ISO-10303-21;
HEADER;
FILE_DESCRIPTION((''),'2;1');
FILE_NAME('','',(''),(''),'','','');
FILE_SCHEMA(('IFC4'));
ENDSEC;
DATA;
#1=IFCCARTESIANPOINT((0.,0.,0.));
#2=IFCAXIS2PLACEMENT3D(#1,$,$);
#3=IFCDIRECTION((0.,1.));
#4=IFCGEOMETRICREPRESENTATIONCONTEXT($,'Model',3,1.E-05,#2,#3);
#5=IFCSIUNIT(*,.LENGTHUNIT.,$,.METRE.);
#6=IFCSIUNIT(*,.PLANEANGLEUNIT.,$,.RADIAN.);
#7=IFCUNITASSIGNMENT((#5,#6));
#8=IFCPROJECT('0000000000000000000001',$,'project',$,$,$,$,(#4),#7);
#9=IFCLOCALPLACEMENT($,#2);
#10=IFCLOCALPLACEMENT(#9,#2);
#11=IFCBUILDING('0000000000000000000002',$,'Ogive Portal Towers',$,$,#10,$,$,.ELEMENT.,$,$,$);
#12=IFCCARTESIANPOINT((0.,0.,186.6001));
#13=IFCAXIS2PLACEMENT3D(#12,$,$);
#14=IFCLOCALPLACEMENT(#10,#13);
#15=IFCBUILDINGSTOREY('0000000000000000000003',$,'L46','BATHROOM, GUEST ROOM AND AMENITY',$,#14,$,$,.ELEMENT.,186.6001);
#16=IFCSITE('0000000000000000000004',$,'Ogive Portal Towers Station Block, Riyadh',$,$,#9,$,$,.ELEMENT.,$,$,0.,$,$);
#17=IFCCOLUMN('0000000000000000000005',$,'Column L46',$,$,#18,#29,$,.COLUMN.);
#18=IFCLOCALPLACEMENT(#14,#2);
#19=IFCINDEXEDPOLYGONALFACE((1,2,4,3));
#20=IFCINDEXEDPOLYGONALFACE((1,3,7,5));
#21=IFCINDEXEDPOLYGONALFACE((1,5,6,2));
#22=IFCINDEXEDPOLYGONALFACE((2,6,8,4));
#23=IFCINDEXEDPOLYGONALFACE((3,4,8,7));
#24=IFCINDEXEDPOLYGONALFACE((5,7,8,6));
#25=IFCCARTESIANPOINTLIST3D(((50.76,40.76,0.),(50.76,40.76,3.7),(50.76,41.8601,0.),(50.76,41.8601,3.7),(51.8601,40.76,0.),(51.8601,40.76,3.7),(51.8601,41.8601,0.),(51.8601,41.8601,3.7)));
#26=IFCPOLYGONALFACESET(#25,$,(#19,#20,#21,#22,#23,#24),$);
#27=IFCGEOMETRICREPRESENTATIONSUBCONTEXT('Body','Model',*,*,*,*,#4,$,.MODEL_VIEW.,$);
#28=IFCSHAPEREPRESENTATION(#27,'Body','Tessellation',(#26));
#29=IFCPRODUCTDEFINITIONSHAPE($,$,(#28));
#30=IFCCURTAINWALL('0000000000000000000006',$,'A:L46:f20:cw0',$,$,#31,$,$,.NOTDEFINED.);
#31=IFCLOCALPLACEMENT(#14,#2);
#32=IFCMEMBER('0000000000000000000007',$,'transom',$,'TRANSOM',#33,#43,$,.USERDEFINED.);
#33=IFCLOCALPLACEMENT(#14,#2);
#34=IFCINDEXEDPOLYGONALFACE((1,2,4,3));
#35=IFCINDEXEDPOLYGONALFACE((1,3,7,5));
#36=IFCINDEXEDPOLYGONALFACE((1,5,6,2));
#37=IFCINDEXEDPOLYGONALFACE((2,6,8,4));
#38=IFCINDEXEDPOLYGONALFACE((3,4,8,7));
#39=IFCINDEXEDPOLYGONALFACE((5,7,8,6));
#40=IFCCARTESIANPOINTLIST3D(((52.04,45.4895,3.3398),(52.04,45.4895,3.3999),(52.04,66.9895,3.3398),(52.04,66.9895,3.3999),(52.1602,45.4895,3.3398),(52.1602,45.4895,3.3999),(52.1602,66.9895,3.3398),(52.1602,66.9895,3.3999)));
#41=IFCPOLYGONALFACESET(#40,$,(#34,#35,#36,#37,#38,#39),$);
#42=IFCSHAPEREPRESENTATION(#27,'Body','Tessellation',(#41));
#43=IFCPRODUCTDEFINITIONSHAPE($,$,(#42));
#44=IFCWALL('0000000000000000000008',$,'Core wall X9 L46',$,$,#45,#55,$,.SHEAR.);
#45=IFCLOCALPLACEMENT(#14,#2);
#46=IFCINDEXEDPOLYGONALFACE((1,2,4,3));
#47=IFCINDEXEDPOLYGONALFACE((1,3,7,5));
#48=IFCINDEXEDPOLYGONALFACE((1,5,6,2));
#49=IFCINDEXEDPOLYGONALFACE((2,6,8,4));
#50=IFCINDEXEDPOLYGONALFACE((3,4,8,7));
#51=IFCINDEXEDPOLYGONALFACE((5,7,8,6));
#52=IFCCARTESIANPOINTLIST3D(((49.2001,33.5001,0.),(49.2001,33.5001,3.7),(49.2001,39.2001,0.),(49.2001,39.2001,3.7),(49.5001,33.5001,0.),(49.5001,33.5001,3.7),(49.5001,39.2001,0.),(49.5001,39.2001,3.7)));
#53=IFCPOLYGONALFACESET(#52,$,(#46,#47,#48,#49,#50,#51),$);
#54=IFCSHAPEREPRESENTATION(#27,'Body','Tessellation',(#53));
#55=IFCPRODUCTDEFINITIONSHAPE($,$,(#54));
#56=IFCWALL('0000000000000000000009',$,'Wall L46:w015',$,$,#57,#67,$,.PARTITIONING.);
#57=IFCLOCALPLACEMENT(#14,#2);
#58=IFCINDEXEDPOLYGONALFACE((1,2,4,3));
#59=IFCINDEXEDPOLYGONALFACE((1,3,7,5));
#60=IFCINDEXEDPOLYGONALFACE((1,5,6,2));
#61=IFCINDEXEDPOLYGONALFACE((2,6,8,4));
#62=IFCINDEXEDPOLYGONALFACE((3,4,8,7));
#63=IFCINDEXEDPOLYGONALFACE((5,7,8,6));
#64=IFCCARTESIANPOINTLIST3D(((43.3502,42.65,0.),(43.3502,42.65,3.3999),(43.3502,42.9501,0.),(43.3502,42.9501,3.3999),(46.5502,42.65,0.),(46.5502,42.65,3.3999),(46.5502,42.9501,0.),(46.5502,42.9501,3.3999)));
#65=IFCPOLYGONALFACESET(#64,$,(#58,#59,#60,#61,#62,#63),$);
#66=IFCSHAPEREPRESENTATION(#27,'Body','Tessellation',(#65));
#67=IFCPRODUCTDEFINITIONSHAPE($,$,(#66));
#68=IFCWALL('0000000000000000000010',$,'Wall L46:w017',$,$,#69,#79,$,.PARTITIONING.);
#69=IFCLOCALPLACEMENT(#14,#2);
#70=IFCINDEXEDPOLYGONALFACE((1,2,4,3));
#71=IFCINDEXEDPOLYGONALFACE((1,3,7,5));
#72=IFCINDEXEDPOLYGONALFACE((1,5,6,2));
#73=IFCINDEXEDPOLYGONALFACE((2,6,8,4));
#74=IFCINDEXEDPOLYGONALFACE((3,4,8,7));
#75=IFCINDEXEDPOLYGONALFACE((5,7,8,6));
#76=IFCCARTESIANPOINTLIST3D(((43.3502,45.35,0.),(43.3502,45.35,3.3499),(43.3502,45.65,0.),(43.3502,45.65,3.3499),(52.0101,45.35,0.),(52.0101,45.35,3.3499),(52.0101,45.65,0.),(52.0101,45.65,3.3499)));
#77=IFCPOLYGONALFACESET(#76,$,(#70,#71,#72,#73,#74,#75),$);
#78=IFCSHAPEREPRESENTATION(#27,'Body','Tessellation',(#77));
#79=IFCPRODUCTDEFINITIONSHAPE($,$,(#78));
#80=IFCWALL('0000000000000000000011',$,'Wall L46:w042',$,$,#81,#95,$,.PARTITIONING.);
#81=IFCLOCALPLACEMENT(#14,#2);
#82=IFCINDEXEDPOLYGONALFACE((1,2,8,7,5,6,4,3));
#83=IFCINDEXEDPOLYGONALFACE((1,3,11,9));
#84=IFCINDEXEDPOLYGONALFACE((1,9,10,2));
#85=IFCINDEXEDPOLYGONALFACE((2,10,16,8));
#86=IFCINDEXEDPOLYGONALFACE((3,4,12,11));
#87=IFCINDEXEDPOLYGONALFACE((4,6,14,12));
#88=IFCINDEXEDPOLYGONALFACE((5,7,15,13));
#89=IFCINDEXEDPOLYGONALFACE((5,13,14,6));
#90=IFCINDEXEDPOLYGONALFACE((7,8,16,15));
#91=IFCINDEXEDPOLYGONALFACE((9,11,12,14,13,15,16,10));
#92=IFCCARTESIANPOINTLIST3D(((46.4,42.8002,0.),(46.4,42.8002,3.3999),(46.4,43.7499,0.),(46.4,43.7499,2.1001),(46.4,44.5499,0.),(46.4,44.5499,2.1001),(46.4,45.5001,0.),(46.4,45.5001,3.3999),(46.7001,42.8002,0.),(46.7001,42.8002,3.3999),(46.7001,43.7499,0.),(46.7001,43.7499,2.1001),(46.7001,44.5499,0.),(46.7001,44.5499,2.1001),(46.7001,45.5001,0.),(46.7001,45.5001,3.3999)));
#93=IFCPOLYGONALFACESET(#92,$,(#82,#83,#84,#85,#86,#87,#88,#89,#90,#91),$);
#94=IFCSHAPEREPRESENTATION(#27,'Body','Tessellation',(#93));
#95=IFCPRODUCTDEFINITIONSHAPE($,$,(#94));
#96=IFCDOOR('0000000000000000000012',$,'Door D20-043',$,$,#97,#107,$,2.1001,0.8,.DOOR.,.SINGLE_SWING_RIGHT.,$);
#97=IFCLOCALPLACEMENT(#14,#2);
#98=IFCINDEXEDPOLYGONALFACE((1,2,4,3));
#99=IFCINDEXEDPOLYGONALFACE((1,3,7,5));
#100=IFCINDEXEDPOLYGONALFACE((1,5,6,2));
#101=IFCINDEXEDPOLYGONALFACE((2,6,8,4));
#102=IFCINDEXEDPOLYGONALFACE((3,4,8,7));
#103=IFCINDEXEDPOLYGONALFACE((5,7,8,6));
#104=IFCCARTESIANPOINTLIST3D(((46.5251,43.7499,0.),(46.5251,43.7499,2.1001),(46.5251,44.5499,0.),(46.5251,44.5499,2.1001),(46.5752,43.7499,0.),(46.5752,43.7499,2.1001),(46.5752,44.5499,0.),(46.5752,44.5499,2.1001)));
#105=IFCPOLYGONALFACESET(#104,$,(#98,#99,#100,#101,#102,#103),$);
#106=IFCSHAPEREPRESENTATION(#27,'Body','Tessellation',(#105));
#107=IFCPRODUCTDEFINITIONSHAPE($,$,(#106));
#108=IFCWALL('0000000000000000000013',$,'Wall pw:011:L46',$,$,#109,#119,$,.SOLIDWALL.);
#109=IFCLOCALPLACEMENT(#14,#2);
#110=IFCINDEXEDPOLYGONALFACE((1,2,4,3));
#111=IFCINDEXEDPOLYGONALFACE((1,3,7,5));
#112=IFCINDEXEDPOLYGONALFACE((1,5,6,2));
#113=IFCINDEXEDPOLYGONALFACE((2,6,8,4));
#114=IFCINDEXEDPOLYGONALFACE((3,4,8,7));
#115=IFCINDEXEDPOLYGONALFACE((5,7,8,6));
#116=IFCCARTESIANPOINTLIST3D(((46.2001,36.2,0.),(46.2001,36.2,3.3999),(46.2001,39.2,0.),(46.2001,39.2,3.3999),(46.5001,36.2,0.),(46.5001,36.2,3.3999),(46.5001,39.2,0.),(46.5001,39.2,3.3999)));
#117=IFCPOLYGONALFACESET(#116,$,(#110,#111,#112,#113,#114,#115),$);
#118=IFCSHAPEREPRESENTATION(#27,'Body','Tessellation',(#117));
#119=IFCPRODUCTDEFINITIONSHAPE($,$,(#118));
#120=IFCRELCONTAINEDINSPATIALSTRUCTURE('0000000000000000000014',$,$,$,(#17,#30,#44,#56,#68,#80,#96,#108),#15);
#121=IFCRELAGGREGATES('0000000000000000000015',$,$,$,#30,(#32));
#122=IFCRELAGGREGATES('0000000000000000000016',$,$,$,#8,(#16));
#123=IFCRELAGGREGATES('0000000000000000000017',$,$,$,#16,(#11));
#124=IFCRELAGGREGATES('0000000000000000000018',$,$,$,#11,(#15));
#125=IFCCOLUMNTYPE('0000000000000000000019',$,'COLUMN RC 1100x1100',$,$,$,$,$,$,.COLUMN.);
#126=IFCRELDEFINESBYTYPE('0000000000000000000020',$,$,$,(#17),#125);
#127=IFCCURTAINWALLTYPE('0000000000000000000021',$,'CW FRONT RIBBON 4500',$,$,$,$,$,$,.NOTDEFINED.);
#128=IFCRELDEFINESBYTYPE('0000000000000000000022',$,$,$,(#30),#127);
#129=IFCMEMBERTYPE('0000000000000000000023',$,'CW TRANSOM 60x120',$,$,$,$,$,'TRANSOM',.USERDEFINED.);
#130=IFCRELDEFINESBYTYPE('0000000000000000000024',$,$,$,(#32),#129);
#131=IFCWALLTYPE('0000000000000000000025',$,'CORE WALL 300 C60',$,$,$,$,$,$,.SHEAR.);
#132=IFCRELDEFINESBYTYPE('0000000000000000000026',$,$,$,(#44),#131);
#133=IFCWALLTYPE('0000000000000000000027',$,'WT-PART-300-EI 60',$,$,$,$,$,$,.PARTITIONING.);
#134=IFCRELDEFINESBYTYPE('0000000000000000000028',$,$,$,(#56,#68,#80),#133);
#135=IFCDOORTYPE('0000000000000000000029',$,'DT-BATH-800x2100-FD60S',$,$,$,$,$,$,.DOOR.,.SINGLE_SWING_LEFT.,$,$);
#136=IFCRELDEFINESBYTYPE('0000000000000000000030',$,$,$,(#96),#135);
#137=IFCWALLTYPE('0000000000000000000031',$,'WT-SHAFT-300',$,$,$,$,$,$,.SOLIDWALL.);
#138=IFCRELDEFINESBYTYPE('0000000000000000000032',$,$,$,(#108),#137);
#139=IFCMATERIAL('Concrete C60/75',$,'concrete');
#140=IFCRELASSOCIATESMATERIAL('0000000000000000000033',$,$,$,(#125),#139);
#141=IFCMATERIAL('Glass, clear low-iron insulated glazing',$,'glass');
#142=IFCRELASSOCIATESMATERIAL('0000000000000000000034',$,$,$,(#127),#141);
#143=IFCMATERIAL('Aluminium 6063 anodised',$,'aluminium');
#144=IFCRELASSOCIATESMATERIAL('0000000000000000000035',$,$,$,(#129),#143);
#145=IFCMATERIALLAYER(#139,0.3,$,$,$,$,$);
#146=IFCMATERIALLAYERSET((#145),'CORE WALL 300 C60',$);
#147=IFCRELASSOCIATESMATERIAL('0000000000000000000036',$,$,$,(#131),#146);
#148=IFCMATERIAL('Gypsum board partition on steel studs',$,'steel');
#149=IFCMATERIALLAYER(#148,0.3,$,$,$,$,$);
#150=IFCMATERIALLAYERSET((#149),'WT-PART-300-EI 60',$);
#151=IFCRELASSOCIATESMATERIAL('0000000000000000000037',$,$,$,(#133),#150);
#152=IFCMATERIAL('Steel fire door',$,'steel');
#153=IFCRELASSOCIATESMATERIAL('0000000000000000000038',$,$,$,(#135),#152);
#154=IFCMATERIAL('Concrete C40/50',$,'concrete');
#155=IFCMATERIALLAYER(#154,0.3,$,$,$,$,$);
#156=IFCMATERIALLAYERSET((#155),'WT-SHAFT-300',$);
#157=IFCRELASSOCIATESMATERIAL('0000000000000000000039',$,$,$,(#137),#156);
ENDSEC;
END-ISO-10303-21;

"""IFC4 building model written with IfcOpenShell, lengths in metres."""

from ifc_helpers import new_model, si_unit, direction, frame, frame_2d, origin, origin_2d, place, context, subcontext, project, spatial, rectangle, extrude, material, layer, layer_set, material_profile, profile_set, type_object, element, fill, aggregate, save


model = new_model("IFC4")

# Units and contexts
model_context = context("Model", 3, precision=1e-05, world=origin(), true_north=direction((0.0, 1.0)))
body_context = subcontext(model_context, "Body", "Model", "MODEL_VIEW")
ifc_project = project(units=[si_unit("LENGTHUNIT", "METRE"), si_unit("PLANEANGLEUNIT", "RADIAN")], contexts=[model_context])

# Site, building, storey
site_placement = place(None, origin())
site = spatial("IfcSite", under=ifc_project, at=site_placement, Name="Ogive Portal Towers Station Block, Riyadh", CompositionType="ELEMENT", RefElevation=0.0)
building_placement = place(site_placement, origin())
building = spatial("IfcBuilding", under=site, at=building_placement, Name="Ogive Portal Towers", CompositionType="ELEMENT")
storey_placement = place(building_placement, frame((0.0, 0.0, 186.6001)))
storey = spatial("IfcBuildingStorey", under=building, at=storey_placement, Name="L46", Description="BATHROOM, GUEST ROOM AND AMENITY", CompositionType="ELEMENT", Elevation=186.6001)

# Column
ifc_material_1 = material(Name="Concrete C60/75", Category="concrete")
ifc_material_profile_1 = material_profile(ifc_material_1, rectangle(XDim=1.1001, YDim=1.1001, at=origin_2d()), Name="RC 1100x1100")
ifc_profile_set_1 = profile_set([ifc_material_profile_1], Name="Concrete C60/75")
column_type = type_object("IfcColumnType", Name="COLUMN RC 1100x1100", PredefinedType="COLUMN", material=ifc_profile_set_1)
column_placement = place(storey_placement, frame((51.3101, 41.3101, 0.0), z_axis=(0.0, 0.0, 1.0), x_axis=(1.0, 0.0, 0.0)))
element("IfcColumn", 1, at=column_placement, inside=storey, type_object=column_type, Name="Column L46", PredefinedType="COLUMN", context=body_context, shape_type="SweptSolid", body=[
    extrude(rectangle(XDim=1.1001, YDim=1.1001, at=origin_2d()), origin(), (0.0, 0.0, 1.0), 3.7),
])

# Curtain wall, member
ifc_material_2 = material(Name="Glass, clear low-iron insulated glazing", Category="glass")
curtain_wall_type = type_object("IfcCurtainWallType", Name="CW FRONT RIBBON 4500", PredefinedType="NOTDEFINED", material=ifc_material_2)
curtain_wall_placement = place(storey_placement, origin())
curtain_wall = element("IfcCurtainWall", 2, at=curtain_wall_placement, inside=storey, type_object=curtain_wall_type, Name="A:L46:f20:cw0", PredefinedType="NOTDEFINED")
ifc_material_3 = material(Name="Aluminium 6063 anodised", Category="aluminium")
ifc_material_profile_2 = material_profile(ifc_material_3, rectangle(XDim=0.1201, YDim=0.0601, at=origin_2d()), Name="AL 120x60")
ifc_profile_set_2 = profile_set([ifc_material_profile_2], Name="Aluminium 6063 anodised")
member_type = type_object("IfcMemberType", Name="CW TRANSOM 60x120", ElementType="TRANSOM", PredefinedType="USERDEFINED", material=ifc_profile_set_2)
member_placement = place(storey_placement, frame((52.1001, 45.4895, 3.3699), z_axis=(0.0, 1.0, 0.0), x_axis=(-1.0, 0.0, 0.0)))
member = element("IfcMember", 3, at=member_placement, type_object=member_type, Name="transom", ObjectType="TRANSOM", PredefinedType="USERDEFINED", context=body_context, shape_type="SweptSolid", body=[
    extrude(rectangle(XDim=0.1201, YDim=0.0601, at=origin_2d()), origin(), (0.0, 0.0, 1.0), 21.5),
])
aggregate(curtain_wall, [member])

# Shared definitions
ifc_layer_1 = layer(ifc_material_1, 0.3)
ifc_layer_set_1 = layer_set([ifc_layer_1], Name="CORE WALL 300 C60")
wall_type_1 = type_object("IfcWallType", Name="CORE WALL 300 C60", PredefinedType="SHEAR", material=ifc_layer_set_1)
ifc_material_4 = material(Name="Steel fire door", Category="steel")

# Walls
wall_1_placement = place(storey_placement, frame((49.3501, 33.5, 0.0), z_axis=(0.0, 0.0, 1.0), x_axis=(0.0, 1.0, 0.0)))
element("IfcWall", 4, at=wall_1_placement, inside=storey, type_object=wall_type_1, Name="Core wall X9 L46", PredefinedType="SHEAR", context=body_context, shape_type="SweptSolid", body=[
    extrude(rectangle(XDim=5.7, YDim=0.3, at=frame_2d((2.8501, 0.0))), origin(), (0.0, 0.0, 1.0), 3.7),
])
ifc_material_5 = material(Name="Gypsum board partition on steel studs", Category="steel")
ifc_layer_2 = layer(ifc_material_5, 0.3)
ifc_layer_set_2 = layer_set([ifc_layer_2], Name="WT-PART-300-EI 60")
wall_type_2 = type_object("IfcWallType", Name="WT-PART-300-EI 60", PredefinedType="PARTITIONING", material=ifc_layer_set_2)
wall_2_placement = place(storey_placement, frame((43.3501, 42.8, 0.0), z_axis=(0.0, 0.0, 1.0), x_axis=(1.0, 0.0, 0.0)))
element("IfcWall", 5, at=wall_2_placement, inside=storey, type_object=wall_type_2, Name="Wall L46:w015", PredefinedType="PARTITIONING", context=body_context, shape_type="SweptSolid", body=[
    extrude(rectangle(XDim=3.2, YDim=0.3, at=frame_2d((1.6001, 0.0))), origin(), (0.0, 0.0, 1.0), 3.3999),
])
wall_3_placement = place(storey_placement, frame((43.3501, 45.5, 0.0), z_axis=(0.0, 0.0, 1.0), x_axis=(1.0, 0.0, 0.0)))
element("IfcWall", 6, at=wall_3_placement, inside=storey, type_object=wall_type_2, Name="Wall L46:w017", PredefinedType="PARTITIONING", context=body_context, shape_type="SweptSolid", body=[
    extrude(rectangle(XDim=8.6599, YDim=0.3, at=frame_2d((4.3301, 0.0))), origin(), (0.0, 0.0, 1.0), 3.3499),
])

# Wall, opening, door
wall_4_placement = place(storey_placement, frame((46.55, 42.8, 0.0), z_axis=(0.0, 0.0, 1.0), x_axis=(0.0, 1.0, 0.0)))
wall_4 = element("IfcWall", 7, at=wall_4_placement, inside=storey, type_object=wall_type_2, Name="Wall L46:w042", PredefinedType="PARTITIONING", context=body_context, shape_type="SweptSolid", body=[
    extrude(rectangle(XDim=2.7, YDim=0.3, at=frame_2d((1.3501, 0.0))), origin(), (0.0, 0.0, 1.0), 3.3999),
])
opening_1_placement = place(wall_4_placement, frame((0.95, 0.0, 0.0)))
opening_1 = element("IfcOpeningElement", 8, at=opening_1_placement, cuts=wall_4, PredefinedType="OPENING", context=body_context, shape_type="SweptSolid", body=[
    extrude(rectangle(XDim=0.8, YDim=2.1001, at=frame_2d((0.3999, 1.05))), frame((0.0, 0.1602, 0.0), z_axis=(0.0, -1.0, 0.0), x_axis=(1.0, 0.0, 0.0)), (0.0, 0.0, 1.0), 0.3201),
])
door_type_1 = type_object("IfcDoorType", Name="DT-BATH-800x2100-FD60S", OperationType="SINGLE_SWING_LEFT", PredefinedType="DOOR", material=ifc_material_4)
door_1_placement = place(opening_1_placement, origin())
door_1 = element("IfcDoor", 9, at=door_1_placement, inside=storey, type_object=door_type_1, Name="Door D20-043", OperationType="SINGLE_SWING_RIGHT", OverallHeight=2.1001, OverallWidth=0.8, PredefinedType="DOOR", context=body_context, shape_type="SweptSolid", body=[
    extrude(rectangle(XDim=0.8, YDim=2.1001, at=frame_2d((0.3999, 1.05))), frame((0.0, 0.0249, 0.0), z_axis=(0.0, -1.0, 0.0), x_axis=(1.0, 0.0, 0.0)), (0.0, 0.0, 1.0), 0.05),
])
fill(opening_1, door_1)

# Wall
ifc_material_6 = material(Name="Concrete C40/50", Category="concrete")
ifc_layer_3 = layer(ifc_material_6, 0.3)
ifc_layer_set_3 = layer_set([ifc_layer_3], Name="WT-SHAFT-300")
wall_type_3 = type_object("IfcWallType", Name="WT-SHAFT-300", PredefinedType="SOLIDWALL", material=ifc_layer_set_3)
wall_5_placement = place(storey_placement, frame((46.3501, 36.2, 0.0), z_axis=(0.0, 0.0, 1.0), x_axis=(0.0, 1.0, 0.0)))
element("IfcWall", 10, at=wall_5_placement, inside=storey, type_object=wall_type_3, Name="Wall pw:011:L46", PredefinedType="SOLIDWALL", context=body_context, shape_type="SweptSolid", body=[
    extrude(rectangle(XDim=3.0, YDim=0.3, at=frame_2d((1.5, 0.0))), origin(), (0.0, 0.0, 1.0), 3.3999),
])

save(model, "model.ifc")
